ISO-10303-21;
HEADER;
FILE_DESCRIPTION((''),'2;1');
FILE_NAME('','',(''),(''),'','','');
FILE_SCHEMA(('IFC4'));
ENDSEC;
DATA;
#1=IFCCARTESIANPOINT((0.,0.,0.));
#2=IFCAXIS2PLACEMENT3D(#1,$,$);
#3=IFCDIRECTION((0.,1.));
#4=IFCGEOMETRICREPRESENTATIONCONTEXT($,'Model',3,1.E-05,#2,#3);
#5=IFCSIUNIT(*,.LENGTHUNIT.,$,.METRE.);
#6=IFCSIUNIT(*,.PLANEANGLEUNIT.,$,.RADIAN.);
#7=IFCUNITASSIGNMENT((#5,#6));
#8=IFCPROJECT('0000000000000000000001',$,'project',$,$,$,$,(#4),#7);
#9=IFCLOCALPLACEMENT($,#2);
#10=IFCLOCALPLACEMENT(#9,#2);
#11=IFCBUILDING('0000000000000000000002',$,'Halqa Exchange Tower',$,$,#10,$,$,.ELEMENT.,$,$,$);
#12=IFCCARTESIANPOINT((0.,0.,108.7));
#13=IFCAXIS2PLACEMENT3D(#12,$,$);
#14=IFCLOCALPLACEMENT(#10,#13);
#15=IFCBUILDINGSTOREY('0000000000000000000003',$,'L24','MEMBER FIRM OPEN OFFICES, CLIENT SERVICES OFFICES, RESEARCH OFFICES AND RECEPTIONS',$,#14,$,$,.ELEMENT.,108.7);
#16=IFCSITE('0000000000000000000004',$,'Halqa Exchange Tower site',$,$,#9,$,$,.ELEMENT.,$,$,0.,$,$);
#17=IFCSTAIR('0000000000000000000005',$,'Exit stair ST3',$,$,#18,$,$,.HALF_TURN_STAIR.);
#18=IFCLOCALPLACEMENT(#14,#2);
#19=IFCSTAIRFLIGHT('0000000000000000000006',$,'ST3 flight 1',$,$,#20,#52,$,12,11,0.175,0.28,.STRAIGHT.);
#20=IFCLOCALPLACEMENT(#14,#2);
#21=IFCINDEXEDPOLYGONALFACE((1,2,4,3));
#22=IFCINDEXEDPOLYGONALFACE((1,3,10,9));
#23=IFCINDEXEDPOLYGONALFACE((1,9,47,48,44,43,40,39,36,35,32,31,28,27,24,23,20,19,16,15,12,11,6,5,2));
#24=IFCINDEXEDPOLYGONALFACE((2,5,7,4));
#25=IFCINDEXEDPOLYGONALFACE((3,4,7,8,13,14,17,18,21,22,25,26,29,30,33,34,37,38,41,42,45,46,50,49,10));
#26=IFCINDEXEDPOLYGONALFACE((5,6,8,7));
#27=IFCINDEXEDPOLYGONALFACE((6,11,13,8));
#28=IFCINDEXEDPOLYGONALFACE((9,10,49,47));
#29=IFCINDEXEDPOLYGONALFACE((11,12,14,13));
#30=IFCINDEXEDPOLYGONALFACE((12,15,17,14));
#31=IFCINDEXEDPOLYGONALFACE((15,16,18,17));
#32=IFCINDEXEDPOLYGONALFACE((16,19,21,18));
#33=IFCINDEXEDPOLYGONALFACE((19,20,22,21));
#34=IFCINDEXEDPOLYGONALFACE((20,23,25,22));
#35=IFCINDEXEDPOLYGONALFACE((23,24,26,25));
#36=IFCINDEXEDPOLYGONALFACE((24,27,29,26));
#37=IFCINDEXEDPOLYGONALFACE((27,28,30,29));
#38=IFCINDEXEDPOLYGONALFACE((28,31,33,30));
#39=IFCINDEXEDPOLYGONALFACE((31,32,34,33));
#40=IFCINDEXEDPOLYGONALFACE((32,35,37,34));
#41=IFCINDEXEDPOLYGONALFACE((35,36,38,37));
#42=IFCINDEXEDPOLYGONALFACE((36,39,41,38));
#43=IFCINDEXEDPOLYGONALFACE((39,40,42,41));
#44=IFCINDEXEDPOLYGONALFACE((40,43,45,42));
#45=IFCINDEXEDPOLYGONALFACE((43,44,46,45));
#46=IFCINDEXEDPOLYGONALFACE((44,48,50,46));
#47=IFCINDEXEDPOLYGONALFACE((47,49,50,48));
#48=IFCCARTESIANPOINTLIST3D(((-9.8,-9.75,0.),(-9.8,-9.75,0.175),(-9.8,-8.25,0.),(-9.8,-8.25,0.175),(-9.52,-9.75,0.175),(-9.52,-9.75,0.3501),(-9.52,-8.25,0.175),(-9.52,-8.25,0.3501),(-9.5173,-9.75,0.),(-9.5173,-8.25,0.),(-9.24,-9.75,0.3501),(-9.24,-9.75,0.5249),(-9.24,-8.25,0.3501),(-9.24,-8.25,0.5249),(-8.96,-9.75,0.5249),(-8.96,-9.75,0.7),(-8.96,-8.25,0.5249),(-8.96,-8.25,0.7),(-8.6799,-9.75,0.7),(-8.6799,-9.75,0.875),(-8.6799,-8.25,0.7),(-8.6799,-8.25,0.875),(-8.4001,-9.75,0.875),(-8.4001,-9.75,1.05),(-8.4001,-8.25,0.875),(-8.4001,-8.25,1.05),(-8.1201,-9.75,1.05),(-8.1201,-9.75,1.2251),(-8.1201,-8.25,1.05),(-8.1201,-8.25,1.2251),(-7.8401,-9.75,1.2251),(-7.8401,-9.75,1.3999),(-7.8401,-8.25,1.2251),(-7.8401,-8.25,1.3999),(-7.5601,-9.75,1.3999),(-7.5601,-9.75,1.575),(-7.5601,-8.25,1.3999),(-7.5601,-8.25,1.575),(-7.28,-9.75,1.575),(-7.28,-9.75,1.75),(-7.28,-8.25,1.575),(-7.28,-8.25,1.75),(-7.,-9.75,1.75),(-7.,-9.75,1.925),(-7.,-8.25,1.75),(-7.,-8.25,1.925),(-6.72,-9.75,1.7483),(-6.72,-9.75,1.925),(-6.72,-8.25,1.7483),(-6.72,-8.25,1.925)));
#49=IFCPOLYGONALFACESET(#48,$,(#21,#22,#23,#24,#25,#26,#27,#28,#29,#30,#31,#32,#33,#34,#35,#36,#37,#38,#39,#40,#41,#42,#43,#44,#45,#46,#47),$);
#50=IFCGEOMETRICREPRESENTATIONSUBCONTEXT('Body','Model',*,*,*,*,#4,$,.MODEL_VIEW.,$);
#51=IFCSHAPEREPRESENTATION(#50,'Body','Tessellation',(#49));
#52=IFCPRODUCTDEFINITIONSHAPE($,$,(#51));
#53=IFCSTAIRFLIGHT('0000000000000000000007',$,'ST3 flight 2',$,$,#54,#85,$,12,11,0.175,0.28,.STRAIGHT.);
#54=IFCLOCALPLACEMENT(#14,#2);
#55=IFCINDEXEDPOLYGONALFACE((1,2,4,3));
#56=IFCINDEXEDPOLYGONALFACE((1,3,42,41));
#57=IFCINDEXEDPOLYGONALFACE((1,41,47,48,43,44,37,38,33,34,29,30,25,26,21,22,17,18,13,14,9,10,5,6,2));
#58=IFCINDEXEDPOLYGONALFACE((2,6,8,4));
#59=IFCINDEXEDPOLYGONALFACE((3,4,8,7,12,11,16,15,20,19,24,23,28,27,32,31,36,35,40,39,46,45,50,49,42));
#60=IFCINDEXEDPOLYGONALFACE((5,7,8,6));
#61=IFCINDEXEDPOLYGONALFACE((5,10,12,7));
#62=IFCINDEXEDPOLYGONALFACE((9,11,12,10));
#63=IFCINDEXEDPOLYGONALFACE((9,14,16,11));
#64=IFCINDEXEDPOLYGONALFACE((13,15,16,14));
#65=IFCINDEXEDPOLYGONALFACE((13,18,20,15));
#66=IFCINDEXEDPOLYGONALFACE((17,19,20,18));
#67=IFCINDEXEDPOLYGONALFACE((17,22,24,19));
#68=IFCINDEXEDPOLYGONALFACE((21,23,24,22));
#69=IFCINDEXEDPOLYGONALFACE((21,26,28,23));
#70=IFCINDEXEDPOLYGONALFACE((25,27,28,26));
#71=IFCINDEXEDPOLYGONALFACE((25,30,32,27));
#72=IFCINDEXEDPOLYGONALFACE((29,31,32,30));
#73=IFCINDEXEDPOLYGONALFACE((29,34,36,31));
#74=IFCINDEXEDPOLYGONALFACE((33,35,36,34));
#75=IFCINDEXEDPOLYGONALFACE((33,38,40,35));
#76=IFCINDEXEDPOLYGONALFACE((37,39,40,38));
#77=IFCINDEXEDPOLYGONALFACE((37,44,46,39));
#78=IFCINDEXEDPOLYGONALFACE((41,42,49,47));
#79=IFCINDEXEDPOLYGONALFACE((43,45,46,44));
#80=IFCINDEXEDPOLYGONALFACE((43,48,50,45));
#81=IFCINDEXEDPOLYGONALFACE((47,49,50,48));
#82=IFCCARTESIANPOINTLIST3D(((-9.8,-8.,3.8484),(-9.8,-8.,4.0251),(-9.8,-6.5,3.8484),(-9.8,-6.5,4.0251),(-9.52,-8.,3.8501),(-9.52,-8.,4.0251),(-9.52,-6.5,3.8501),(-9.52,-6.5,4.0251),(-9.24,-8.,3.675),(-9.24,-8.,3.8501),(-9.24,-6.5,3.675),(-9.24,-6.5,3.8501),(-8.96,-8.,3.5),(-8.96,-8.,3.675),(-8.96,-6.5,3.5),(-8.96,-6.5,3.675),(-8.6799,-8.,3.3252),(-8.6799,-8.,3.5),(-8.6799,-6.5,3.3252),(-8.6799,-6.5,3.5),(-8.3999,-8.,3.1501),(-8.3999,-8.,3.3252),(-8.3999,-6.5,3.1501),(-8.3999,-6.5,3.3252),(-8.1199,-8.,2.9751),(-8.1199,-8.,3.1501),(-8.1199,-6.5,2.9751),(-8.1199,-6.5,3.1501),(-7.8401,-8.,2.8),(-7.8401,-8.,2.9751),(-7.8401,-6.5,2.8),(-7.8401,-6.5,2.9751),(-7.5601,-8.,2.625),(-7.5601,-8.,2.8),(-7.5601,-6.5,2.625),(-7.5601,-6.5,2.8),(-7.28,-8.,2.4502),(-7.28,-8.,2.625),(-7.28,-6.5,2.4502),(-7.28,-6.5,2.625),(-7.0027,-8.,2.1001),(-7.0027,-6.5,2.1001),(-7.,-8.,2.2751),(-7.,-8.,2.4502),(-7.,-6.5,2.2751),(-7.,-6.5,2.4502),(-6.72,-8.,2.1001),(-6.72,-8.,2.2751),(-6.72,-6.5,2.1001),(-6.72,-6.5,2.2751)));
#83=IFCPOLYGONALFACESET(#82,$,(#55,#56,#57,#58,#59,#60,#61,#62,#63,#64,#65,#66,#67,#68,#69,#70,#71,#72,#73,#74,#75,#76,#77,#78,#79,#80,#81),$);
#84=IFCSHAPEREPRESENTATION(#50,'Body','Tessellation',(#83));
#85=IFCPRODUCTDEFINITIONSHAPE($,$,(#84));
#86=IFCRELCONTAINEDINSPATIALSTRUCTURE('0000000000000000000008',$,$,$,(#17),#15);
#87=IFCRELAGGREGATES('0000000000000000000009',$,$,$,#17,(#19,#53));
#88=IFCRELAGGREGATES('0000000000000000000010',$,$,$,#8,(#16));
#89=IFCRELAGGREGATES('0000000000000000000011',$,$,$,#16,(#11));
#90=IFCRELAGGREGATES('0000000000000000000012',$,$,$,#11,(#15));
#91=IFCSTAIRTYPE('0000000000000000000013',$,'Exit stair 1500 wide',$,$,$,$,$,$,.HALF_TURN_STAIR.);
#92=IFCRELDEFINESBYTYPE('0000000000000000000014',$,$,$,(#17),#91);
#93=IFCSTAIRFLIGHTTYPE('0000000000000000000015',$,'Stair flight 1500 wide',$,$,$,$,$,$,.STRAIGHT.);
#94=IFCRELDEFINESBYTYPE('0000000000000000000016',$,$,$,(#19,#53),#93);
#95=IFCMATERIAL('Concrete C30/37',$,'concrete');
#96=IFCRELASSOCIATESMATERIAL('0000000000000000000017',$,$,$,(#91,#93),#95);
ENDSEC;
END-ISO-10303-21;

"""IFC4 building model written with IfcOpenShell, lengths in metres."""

from ifc_helpers import new_model, si_unit, direction, frame, origin, place, context, subcontext, project, spatial, polyline, outline, extrude, material, type_object, element, aggregate, save


model = new_model("IFC4")

# Units and contexts
model_context = context("Model", 3, precision=1e-05, world=origin(), true_north=direction((0.0, 1.0)))
body_context = subcontext(model_context, "Body", "Model", "MODEL_VIEW")
ifc_project = project(units=[si_unit("LENGTHUNIT", "METRE"), si_unit("PLANEANGLEUNIT", "RADIAN")], contexts=[model_context])

# Site, building, storey
site_placement = place(None, origin())
site = spatial("IfcSite", under=ifc_project, at=site_placement, Name="Halqa Exchange Tower site", CompositionType="ELEMENT", RefElevation=0.0)
building_placement = place(site_placement, origin())
building = spatial("IfcBuilding", under=site, at=building_placement, Name="Halqa Exchange Tower", CompositionType="ELEMENT")
storey_placement = place(building_placement, frame((0.0, 0.0, 108.7)))
storey = spatial("IfcBuildingStorey", under=building, at=storey_placement, Name="L24", Description="MEMBER FIRM OPEN OFFICES, CLIENT SERVICES OFFICES, RESEARCH OFFICES AND RECEPTIONS", CompositionType="ELEMENT", Elevation=108.7)

# Shared definitions
ifc_material_1 = material(Name="Concrete C30/37", Category="concrete")

# Stair, stair flights
stair_type = type_object("IfcStairType", Name="Exit stair 1500 wide", PredefinedType="HALF_TURN_STAIR", material=ifc_material_1)
stair_placement = place(storey_placement, origin())
stair = element("IfcStair", 1, at=stair_placement, inside=storey, type_object=stair_type, Name="Exit stair ST3", PredefinedType="HALF_TURN_STAIR")
stair_flight_type = type_object("IfcStairFlightType", Name="Stair flight 1500 wide", PredefinedType="STRAIGHT", material=ifc_material_1)
stair_flight_1_placement = place(storey_placement, frame((-9.8, -9.0, 0.0), z_axis=(0.0, 0.0, 1.0), x_axis=(1.0, 0.0, 0.0)))
stair_flight_1 = element("IfcStairFlight", 2, at=stair_flight_1_placement, type_object=stair_flight_type, Name="ST3 flight 1", NumberOfRisers=12, NumberOfTreads=11, PredefinedType="STRAIGHT", RiserHeight=0.175, TreadLength=0.28, context=body_context, shape_type="SweptSolid", body=[
    extrude(outline(polyline([(0.0, 0.0), (0.0, 0.175), (0.28, 0.175), (0.28, 0.3501), (0.5601, 0.3501), (0.5601, 0.5249), (0.8401, 0.5249), (0.8401, 0.7), (1.1201, 0.7), (1.1201, 0.875), (1.3999, 0.875), (1.3999, 1.05), (1.6799, 1.05), (1.6799, 1.2251), (1.96, 1.2251), (1.96, 1.3999), (2.24, 1.3999), (2.24, 1.575), (2.52, 1.575), (2.52, 1.75), (2.8, 1.75), (2.8, 1.925), (3.0801, 1.925), (3.0801, 2.1001), (3.0801, 1.7483), (0.2827, 0.0), (0.0, 0.0)])), frame((0.0, 0.75, 0.0), z_axis=(0.0, -1.0, 0.0), x_axis=(1.0, 0.0, 0.0)), (0.0, 0.0, 1.0), 1.5),
])
stair_flight_2_placement = place(storey_placement, frame((-6.72, -7.25, 2.1001), z_axis=(0.0, 0.0, 1.0), x_axis=(-1.0, 0.0, 0.0)))
stair_flight_2 = element("IfcStairFlight", 3, at=stair_flight_2_placement, type_object=stair_flight_type, Name="ST3 flight 2", NumberOfRisers=12, NumberOfTreads=11, PredefinedType="STRAIGHT", RiserHeight=0.175, TreadLength=0.28, context=body_context, shape_type="SweptSolid", body=[
    extrude(outline(polyline([(0.0, 0.0), (0.0, 0.175), (0.28, 0.175), (0.28, 0.3501), (0.5601, 0.3501), (0.5601, 0.5249), (0.8401, 0.5249), (0.8401, 0.7), (1.1201, 0.7), (1.1201, 0.875), (1.3999, 0.875), (1.3999, 1.05), (1.6799, 1.05), (1.6799, 1.2251), (1.96, 1.2251), (1.96, 1.3999), (2.24, 1.3999), (2.24, 1.575), (2.52, 1.575), (2.52, 1.75), (2.8, 1.75), (2.8, 1.925), (3.0801, 1.925), (3.0801, 2.1001), (3.0801, 1.7483), (0.2827, 0.0), (0.0, 0.0)])), frame((0.0, 0.75, 0.0), z_axis=(0.0, -1.0, 0.0), x_axis=(1.0, 0.0, 0.0)), (0.0, 0.0, 1.0), 1.5),
])
aggregate(stair, [stair_flight_1, stair_flight_2])

save(model, "model.ifc")
